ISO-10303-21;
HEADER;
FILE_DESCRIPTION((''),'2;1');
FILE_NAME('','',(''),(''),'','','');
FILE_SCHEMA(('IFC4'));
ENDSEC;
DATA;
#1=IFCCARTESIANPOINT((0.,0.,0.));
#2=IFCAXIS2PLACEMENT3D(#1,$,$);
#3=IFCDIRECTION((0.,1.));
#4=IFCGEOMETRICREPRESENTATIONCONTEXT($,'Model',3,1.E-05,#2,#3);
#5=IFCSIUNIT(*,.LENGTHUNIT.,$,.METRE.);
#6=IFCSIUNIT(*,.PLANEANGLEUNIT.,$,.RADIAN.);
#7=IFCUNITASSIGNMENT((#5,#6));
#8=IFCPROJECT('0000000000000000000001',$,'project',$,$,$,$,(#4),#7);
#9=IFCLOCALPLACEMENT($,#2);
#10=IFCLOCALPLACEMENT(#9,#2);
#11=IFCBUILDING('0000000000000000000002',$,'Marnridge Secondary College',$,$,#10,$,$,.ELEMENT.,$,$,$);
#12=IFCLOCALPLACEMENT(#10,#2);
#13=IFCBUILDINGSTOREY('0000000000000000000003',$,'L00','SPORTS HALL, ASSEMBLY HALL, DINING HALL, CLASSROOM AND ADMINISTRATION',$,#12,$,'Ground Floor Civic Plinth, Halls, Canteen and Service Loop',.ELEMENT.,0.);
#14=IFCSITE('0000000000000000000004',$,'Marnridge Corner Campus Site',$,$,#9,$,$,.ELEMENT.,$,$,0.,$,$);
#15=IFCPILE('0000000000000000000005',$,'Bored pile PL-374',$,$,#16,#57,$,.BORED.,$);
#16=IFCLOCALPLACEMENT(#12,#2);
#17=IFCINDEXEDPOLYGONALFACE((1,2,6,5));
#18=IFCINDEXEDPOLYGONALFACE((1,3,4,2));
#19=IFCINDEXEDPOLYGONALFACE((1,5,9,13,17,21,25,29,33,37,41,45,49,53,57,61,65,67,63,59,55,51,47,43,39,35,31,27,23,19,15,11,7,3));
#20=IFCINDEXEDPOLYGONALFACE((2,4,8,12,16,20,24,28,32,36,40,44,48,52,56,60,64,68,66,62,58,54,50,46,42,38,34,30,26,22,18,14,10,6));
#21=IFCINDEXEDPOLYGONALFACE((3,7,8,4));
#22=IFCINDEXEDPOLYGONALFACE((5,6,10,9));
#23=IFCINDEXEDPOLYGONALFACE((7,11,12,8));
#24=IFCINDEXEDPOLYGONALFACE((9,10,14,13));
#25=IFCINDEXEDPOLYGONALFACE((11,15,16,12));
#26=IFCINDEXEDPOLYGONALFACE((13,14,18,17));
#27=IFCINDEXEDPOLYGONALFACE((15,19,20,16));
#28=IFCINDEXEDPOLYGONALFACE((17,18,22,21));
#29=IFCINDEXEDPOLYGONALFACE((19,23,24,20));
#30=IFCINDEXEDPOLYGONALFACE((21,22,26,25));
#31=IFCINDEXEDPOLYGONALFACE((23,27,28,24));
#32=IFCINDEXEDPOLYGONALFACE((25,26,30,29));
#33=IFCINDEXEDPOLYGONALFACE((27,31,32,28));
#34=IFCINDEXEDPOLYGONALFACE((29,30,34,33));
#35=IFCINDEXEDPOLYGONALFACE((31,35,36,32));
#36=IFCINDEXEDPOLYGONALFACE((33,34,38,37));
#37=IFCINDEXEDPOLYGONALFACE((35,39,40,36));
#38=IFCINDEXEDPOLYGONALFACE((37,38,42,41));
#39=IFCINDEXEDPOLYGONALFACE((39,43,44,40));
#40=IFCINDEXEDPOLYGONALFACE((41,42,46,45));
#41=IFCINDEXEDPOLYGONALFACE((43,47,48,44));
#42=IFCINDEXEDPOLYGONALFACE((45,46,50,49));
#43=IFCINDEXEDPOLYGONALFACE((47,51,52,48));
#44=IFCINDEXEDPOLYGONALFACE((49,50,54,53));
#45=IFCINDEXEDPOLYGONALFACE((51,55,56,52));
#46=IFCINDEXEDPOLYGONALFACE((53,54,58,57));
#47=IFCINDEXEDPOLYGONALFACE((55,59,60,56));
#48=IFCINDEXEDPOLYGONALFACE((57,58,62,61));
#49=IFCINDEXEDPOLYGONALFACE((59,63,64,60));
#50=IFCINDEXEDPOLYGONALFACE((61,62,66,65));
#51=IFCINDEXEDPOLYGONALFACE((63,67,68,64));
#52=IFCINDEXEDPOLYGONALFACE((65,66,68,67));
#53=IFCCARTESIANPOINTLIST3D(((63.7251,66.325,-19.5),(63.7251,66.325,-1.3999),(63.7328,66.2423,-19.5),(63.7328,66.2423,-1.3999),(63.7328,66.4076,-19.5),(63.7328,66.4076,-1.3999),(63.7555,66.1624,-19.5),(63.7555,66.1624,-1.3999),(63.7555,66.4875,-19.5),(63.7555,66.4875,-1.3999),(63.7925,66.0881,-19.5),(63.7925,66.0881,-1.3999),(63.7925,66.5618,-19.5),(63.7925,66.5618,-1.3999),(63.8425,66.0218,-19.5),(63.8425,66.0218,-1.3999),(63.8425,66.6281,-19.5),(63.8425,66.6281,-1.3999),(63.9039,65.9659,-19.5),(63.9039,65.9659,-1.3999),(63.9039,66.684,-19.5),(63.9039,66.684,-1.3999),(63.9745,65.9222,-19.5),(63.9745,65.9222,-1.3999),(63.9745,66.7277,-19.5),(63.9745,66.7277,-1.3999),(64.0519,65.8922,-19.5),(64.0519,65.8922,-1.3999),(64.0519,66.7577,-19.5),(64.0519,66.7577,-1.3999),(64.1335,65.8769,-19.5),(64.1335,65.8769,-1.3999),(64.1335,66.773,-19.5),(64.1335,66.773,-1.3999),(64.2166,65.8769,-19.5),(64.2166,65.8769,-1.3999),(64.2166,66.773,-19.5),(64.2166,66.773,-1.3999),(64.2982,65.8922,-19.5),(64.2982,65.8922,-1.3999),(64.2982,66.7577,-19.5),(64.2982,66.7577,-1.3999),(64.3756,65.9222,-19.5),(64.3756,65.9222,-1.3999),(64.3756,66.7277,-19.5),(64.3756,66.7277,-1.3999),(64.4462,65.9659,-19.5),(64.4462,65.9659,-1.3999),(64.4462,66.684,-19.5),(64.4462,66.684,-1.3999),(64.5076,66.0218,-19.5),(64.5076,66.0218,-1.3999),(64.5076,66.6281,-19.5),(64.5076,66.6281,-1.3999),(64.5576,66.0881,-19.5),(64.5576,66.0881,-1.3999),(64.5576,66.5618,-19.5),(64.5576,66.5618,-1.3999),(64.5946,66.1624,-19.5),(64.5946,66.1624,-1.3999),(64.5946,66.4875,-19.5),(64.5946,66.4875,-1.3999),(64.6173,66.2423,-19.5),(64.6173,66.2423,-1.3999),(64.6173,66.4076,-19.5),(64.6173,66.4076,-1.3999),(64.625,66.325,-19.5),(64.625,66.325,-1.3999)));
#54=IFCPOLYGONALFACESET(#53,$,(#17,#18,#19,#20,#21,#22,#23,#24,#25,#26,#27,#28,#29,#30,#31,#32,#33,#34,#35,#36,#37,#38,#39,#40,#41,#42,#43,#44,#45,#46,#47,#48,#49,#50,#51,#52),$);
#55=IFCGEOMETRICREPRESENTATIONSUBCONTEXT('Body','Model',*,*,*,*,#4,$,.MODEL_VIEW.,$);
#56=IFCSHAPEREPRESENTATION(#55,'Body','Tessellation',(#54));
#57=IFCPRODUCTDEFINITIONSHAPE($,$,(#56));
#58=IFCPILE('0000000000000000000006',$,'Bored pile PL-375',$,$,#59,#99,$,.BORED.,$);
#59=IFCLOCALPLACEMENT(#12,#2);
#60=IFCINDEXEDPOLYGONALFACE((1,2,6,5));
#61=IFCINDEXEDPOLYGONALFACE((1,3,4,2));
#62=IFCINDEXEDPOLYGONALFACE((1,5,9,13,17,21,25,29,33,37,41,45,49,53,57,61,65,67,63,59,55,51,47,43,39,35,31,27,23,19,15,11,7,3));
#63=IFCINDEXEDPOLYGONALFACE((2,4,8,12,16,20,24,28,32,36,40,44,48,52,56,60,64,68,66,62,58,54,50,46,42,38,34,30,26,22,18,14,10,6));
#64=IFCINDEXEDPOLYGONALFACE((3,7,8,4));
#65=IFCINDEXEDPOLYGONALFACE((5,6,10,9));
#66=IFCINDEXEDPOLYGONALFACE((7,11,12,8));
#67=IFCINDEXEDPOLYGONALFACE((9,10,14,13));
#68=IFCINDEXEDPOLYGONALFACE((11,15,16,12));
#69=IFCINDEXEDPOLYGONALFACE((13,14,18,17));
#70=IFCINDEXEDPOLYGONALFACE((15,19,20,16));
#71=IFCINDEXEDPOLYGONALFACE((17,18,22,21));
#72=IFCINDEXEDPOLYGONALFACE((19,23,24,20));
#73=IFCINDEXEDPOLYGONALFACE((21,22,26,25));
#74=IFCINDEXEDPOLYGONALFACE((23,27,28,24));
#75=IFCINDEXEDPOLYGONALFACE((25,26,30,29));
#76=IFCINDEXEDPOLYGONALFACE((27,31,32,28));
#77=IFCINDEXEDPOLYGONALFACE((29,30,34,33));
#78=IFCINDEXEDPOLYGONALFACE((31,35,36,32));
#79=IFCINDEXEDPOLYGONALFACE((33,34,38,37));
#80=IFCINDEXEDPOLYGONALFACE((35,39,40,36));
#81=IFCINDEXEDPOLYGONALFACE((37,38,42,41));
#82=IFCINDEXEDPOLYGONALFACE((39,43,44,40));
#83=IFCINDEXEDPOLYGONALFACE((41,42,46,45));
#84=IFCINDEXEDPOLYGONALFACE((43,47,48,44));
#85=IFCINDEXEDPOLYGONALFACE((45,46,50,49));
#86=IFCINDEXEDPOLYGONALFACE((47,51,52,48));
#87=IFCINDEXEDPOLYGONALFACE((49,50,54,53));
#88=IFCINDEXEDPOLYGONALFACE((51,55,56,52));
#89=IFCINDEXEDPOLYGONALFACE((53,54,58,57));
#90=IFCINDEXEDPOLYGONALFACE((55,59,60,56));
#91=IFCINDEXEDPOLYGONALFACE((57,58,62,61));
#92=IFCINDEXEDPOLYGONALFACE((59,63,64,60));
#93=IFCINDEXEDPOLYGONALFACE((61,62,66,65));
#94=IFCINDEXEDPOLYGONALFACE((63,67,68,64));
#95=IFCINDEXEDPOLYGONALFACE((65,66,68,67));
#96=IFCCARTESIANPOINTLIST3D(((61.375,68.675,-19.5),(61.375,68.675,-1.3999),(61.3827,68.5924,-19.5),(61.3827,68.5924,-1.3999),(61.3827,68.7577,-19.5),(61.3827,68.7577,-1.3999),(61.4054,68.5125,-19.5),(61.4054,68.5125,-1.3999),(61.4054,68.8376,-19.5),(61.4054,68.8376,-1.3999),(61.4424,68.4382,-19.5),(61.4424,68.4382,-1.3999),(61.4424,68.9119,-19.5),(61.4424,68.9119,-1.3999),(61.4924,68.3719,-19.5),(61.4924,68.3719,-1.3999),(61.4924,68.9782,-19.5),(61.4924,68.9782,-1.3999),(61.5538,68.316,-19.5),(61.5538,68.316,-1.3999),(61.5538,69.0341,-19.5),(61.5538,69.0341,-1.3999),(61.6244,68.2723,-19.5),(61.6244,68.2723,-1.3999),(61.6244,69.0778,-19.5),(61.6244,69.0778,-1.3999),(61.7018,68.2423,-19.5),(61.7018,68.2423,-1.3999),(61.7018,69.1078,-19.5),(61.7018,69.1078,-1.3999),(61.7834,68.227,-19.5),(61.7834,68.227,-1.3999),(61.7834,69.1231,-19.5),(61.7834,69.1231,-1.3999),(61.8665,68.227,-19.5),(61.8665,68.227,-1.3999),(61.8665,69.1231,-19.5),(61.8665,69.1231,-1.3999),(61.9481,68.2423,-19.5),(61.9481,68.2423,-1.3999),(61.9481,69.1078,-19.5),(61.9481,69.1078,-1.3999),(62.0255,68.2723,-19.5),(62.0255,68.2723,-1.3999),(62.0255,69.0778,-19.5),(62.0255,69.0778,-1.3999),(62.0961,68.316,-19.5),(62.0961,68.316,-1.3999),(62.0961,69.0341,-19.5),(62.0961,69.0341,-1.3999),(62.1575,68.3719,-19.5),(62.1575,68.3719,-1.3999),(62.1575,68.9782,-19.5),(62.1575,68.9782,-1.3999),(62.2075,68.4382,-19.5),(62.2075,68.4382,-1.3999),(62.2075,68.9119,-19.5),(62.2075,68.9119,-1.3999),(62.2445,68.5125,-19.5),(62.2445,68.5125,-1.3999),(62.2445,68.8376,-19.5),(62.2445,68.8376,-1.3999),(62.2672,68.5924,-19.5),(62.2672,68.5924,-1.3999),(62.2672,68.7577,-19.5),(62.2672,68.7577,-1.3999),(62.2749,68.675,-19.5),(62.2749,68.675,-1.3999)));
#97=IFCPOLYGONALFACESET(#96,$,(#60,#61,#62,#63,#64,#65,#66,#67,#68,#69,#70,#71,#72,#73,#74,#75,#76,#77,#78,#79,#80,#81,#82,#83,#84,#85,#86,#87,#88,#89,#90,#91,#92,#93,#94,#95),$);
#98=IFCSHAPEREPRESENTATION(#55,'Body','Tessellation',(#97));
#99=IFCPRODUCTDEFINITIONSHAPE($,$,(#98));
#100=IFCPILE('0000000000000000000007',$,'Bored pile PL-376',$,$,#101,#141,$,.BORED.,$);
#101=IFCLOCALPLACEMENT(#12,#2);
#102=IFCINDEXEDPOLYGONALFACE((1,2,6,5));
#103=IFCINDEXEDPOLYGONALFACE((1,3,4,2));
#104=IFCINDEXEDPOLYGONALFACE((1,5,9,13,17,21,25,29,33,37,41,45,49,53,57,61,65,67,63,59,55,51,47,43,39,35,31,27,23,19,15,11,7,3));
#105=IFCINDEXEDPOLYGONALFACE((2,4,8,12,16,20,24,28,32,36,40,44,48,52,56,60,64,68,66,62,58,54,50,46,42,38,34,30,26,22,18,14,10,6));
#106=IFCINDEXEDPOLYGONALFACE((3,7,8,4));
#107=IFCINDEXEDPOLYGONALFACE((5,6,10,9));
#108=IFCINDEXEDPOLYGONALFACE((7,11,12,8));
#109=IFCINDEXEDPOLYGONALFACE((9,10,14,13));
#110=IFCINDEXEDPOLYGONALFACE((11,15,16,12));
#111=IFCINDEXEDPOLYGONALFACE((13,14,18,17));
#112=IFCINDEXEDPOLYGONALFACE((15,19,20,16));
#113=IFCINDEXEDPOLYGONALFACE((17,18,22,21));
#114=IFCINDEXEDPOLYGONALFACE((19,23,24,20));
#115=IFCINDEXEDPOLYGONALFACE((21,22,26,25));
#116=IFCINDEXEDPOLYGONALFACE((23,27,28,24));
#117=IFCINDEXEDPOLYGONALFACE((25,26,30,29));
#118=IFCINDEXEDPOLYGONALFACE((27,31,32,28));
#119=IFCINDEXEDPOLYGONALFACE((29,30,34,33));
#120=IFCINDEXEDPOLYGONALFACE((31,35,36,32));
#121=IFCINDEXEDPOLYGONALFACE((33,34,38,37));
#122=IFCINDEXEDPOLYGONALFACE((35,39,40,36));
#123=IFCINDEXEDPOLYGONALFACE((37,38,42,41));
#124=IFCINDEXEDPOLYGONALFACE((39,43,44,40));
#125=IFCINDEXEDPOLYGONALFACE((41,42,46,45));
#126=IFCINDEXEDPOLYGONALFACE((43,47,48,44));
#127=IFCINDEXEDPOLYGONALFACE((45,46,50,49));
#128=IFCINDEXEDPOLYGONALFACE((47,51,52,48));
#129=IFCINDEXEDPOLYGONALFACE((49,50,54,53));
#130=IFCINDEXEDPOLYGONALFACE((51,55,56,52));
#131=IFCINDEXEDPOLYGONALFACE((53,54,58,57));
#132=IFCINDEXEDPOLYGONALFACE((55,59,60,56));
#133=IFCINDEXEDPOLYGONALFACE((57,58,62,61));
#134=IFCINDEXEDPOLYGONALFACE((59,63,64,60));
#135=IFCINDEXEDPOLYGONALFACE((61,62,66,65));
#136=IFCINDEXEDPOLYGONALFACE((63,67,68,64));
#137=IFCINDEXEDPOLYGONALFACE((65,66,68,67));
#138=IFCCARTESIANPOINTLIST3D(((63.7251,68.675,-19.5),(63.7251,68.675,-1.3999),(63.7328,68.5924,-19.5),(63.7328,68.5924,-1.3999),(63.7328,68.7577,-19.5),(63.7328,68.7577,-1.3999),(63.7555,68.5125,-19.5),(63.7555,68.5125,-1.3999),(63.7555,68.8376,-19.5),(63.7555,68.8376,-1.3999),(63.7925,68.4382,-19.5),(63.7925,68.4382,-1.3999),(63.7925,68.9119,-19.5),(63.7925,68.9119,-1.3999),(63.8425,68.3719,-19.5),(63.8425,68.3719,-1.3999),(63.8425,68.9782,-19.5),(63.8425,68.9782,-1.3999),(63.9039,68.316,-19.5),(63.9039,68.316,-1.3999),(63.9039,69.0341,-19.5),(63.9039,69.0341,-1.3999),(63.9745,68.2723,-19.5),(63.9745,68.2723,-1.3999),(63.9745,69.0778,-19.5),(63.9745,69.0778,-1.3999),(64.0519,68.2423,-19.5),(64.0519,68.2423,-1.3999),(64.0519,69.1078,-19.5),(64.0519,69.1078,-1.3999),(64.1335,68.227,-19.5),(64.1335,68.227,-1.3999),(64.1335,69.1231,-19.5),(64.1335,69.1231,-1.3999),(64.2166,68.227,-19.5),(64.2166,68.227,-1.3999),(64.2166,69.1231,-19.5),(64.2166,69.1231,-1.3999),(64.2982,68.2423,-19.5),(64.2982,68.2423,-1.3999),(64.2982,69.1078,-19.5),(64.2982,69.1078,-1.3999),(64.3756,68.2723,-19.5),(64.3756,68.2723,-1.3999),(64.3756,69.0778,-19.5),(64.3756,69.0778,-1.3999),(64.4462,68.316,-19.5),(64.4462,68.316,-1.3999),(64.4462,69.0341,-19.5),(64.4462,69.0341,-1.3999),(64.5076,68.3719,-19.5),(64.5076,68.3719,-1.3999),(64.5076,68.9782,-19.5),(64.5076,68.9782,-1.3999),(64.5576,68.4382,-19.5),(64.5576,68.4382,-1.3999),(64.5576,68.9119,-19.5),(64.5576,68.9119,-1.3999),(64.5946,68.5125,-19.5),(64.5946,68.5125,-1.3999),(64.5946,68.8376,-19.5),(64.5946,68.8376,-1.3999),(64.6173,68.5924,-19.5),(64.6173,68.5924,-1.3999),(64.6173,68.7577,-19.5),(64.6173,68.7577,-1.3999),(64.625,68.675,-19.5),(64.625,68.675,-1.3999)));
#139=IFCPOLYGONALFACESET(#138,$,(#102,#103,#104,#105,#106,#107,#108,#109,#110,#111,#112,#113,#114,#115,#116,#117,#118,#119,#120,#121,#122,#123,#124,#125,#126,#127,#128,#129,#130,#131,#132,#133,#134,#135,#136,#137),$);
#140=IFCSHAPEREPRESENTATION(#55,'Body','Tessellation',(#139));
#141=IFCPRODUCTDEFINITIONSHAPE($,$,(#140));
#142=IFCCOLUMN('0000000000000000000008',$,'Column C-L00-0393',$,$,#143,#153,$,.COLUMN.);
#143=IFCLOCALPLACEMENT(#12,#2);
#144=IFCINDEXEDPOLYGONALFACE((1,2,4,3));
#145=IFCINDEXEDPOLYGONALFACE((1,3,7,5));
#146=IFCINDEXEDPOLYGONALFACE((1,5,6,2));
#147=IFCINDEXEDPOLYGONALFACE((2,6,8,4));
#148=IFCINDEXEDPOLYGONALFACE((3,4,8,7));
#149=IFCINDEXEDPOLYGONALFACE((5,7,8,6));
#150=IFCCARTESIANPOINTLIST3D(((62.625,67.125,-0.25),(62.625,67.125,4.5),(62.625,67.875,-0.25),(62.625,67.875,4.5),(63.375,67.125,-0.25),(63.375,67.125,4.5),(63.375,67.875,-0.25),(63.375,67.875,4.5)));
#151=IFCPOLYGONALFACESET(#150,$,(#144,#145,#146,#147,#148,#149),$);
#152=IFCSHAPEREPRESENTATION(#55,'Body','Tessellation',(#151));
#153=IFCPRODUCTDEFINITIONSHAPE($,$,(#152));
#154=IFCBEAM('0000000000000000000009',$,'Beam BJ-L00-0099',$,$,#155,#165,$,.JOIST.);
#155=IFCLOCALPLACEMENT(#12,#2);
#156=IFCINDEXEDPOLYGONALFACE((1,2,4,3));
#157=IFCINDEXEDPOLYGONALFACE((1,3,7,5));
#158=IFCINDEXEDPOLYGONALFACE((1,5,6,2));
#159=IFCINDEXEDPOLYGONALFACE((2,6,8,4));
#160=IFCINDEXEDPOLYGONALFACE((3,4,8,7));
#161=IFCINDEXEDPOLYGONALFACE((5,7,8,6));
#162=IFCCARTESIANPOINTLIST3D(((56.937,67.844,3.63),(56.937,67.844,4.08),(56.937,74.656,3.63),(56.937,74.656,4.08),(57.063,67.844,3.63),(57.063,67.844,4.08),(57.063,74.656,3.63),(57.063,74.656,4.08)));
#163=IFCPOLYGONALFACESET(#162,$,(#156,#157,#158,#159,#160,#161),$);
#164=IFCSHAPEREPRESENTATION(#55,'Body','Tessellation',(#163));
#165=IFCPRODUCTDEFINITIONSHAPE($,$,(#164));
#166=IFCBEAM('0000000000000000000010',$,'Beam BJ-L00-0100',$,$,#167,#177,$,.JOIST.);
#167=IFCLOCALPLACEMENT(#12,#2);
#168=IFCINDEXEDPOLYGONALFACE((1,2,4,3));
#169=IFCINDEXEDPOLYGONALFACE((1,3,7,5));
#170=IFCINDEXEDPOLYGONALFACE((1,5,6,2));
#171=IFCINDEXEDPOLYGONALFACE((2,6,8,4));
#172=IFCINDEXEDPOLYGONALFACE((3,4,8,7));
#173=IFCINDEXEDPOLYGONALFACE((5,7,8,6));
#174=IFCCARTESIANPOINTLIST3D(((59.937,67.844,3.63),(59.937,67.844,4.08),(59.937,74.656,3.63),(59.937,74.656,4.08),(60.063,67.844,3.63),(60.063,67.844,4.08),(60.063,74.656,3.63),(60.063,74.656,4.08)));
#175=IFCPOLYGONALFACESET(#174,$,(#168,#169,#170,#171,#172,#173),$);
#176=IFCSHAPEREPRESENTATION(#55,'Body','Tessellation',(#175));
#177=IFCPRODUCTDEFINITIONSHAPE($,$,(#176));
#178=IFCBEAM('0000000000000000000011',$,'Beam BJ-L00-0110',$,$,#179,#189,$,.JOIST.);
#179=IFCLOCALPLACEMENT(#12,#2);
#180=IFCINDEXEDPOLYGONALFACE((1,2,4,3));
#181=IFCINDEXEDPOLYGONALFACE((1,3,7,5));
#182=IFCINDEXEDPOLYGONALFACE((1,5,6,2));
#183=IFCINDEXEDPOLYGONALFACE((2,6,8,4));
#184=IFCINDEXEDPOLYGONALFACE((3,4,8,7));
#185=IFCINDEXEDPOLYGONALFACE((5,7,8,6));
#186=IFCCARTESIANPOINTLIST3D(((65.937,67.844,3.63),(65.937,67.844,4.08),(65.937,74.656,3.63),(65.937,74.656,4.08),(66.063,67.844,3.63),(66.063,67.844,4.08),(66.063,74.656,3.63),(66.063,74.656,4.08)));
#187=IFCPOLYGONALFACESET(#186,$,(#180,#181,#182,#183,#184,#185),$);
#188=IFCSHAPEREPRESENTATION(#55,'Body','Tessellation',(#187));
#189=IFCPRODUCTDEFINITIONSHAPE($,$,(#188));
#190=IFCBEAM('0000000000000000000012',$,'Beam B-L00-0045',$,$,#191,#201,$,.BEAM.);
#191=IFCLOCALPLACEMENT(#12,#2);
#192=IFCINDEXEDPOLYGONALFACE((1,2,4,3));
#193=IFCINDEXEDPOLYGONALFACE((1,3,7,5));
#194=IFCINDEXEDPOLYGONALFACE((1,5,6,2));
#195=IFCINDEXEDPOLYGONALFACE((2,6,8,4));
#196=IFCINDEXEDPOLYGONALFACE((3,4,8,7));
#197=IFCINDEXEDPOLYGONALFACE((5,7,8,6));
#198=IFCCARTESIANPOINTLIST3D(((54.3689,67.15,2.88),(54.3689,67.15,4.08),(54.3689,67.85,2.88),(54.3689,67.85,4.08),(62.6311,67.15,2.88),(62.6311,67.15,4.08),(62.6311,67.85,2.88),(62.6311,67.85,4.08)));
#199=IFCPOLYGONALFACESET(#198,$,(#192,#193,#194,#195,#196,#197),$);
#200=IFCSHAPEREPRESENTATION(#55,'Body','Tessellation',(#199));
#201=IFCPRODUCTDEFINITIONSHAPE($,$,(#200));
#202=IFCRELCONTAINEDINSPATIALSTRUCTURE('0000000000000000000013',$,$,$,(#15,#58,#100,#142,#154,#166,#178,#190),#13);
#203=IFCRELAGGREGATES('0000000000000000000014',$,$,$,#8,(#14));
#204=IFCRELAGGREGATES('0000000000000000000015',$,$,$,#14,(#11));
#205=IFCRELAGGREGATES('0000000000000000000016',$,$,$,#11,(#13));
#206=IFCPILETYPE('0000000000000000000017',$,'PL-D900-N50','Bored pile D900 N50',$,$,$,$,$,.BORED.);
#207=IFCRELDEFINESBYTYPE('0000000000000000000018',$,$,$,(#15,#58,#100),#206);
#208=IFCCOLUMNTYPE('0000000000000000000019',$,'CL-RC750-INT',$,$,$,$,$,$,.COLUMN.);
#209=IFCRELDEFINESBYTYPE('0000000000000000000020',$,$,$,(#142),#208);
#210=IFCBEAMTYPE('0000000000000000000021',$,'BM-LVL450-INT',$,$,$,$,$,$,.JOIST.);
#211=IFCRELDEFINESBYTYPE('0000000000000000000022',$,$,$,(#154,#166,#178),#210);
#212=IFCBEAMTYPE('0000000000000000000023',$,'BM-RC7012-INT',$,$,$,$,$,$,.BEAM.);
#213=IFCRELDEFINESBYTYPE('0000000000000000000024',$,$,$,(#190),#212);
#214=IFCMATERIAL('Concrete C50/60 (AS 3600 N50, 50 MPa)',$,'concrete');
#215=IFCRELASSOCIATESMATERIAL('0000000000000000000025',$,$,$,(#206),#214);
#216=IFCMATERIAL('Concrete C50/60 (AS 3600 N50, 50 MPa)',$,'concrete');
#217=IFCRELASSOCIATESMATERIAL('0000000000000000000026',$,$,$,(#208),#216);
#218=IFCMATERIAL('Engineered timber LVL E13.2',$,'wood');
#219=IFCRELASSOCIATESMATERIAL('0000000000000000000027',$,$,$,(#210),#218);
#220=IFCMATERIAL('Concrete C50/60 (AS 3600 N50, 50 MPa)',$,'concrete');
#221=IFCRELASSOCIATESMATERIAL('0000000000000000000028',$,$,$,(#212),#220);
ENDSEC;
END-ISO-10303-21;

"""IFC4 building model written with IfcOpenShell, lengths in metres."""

from ifc_helpers import new_model, si_unit, direction, frame, origin, origin_2d, place, context, subcontext, project, spatial, rectangle, circle, extrude, material, material_profile, profile_set, type_object, element, save


model = new_model("IFC4")

# Units and contexts
model_context = context("Model", 3, precision=1e-05, world=origin(), true_north=direction((0.0, 1.0)))
body_context = subcontext(model_context, "Body", "Model", "MODEL_VIEW")
ifc_project = project(units=[si_unit("LENGTHUNIT", "METRE"), si_unit("PLANEANGLEUNIT", "RADIAN")], contexts=[model_context])

# Site, building, storey
site_placement = place(None, origin())
site = spatial("IfcSite", under=ifc_project, at=site_placement, Name="Marnridge Corner Campus Site", CompositionType="ELEMENT", RefElevation=0.0)
building_placement = place(site_placement, origin())
building = spatial("IfcBuilding", under=site, at=building_placement, Name="Marnridge Secondary College", CompositionType="ELEMENT")
storey_placement = place(building_placement, origin())
storey = spatial("IfcBuildingStorey", under=building, at=storey_placement, Name="L00", Description="SPORTS HALL, ASSEMBLY HALL, DINING HALL, CLASSROOM AND ADMINISTRATION", LongName="Ground Floor Civic Plinth, Halls, Canteen and Service Loop", CompositionType="ELEMENT", Elevation=0.0)

# Piles
ifc_material_1 = material(Name="Concrete C50/60 (AS 3600 N50, 50 MPa)", Category="concrete")
ifc_material_profile_1 = material_profile(ifc_material_1, circle(Radius=0.45, at=origin_2d()), Name="PILE D900")
ifc_profile_set_1 = profile_set([ifc_material_profile_1], Name="Concrete C50/60 (AS 3600 N50, 50 MPa)")
pile_type_1 = type_object("IfcPileType", Name="PL-D900-N50", Description="Bored pile D900 N50", PredefinedType="BORED", material=ifc_profile_set_1)
for number, where, z_axis, x_axis, name in (
    (1, (64.175, 66.325, -1.3999), (0.0, 0.0, -1.0), (1.0, 0.0, 0.0), "Bored pile PL-374"),
    (2, (61.825, 68.675, -1.3999), (0.0, 0.0, -1.0), (1.0, 0.0, 0.0), "Bored pile PL-375"),
    (3, (64.175, 68.675, -1.3999), (0.0, 0.0, -1.0), (1.0, 0.0, 0.0), "Bored pile PL-376"),
):
    element("IfcPile", number, at=place(storey_placement, frame(where, z_axis=z_axis, x_axis=x_axis)), inside=storey, type_object=pile_type_1, Name=name, PredefinedType="BORED", context=body_context, shape_type="SweptSolid", body=[
        extrude(circle(Radius=0.45, at=origin_2d()), origin(), (0.0, 0.0, 1.0), 18.1001),
    ])

# Column
ifc_material_2 = material(Name="Concrete C50/60 (AS 3600 N50, 50 MPa)", Category="concrete")
ifc_material_profile_2 = material_profile(ifc_material_2, rectangle(XDim=0.75, YDim=0.75, at=origin_2d()), Name="RC 750x750")
ifc_profile_set_2 = profile_set([ifc_material_profile_2], Name="Concrete C50/60 (AS 3600 N50, 50 MPa)")
column_type = type_object("IfcColumnType", Name="CL-RC750-INT", PredefinedType="COLUMN", material=ifc_profile_set_2)
column_placement = place(storey_placement, frame((63.0, 67.5, -0.25), z_axis=(0.0, 0.0, 1.0), x_axis=(1.0, 0.0, 0.0)))
element("IfcColumn", 4, at=column_placement, inside=storey, type_object=column_type, Name="Column C-L00-0393", PredefinedType="COLUMN", context=body_context, shape_type="SweptSolid", body=[
    extrude(rectangle(XDim=0.75, YDim=0.75, at=origin_2d()), origin(), (0.0, 0.0, 1.0), 4.75),
])

# Beams
ifc_material_3 = material(Name="Engineered timber LVL E13.2", Category="wood")
ifc_material_profile_3 = material_profile(ifc_material_3, rectangle(XDim=0.126, YDim=0.45, at=origin_2d()), Name="LVL 126x450")
ifc_profile_set_3 = profile_set([ifc_material_profile_3], Name="Engineered timber LVL E13.2")
beam_type_1 = type_object("IfcBeamType", Name="BM-LVL450-INT", PredefinedType="JOIST", material=ifc_profile_set_3)
for number, where, z_axis, x_axis, name in (
    (5, (57.0, 67.844, 3.855), (0.0, 1.0, 0.0), (-1.0, 0.0, 0.0), "Beam BJ-L00-0099"),
    (6, (60.0, 67.844, 3.855), (0.0, 1.0, 0.0), (-1.0, 0.0, 0.0), "Beam BJ-L00-0100"),
    (7, (66.0, 67.844, 3.855), (0.0, 1.0, 0.0), (-1.0, 0.0, 0.0), "Beam BJ-L00-0110"),
):
    element("IfcBeam", number, at=place(storey_placement, frame(where, z_axis=z_axis, x_axis=x_axis)), inside=storey, type_object=beam_type_1, Name=name, PredefinedType="JOIST", context=body_context, shape_type="SweptSolid", body=[
        extrude(rectangle(XDim=0.126, YDim=0.45, at=origin_2d()), origin(), (0.0, 0.0, 1.0), 6.812),
    ])
ifc_material_4 = material(Name="Concrete C50/60 (AS 3600 N50, 50 MPa)", Category="concrete")
ifc_material_profile_4 = material_profile(ifc_material_4, rectangle(XDim=0.7, YDim=1.2, at=origin_2d()), Name="RC 700x1200")
ifc_profile_set_4 = profile_set([ifc_material_profile_4], Name="Concrete C50/60 (AS 3600 N50, 50 MPa)")
beam_type_2 = type_object("IfcBeamType", Name="BM-RC7012-INT", PredefinedType="BEAM", material=ifc_profile_set_4)
beam_1_placement = place(storey_placement, frame((54.3689, 67.5, 3.48), z_axis=(1.0, 0.0, 0.0), x_axis=(0.0, 1.0, 0.0)))
element("IfcBeam", 8, at=beam_1_placement, inside=storey, type_object=beam_type_2, Name="Beam B-L00-0045", PredefinedType="BEAM", context=body_context, shape_type="SweptSolid", body=[
    extrude(rectangle(XDim=0.7, YDim=1.2, at=origin_2d()), origin(), (0.0, 0.0, 1.0), 8.2622),
])

save(model, "model.ifc")
